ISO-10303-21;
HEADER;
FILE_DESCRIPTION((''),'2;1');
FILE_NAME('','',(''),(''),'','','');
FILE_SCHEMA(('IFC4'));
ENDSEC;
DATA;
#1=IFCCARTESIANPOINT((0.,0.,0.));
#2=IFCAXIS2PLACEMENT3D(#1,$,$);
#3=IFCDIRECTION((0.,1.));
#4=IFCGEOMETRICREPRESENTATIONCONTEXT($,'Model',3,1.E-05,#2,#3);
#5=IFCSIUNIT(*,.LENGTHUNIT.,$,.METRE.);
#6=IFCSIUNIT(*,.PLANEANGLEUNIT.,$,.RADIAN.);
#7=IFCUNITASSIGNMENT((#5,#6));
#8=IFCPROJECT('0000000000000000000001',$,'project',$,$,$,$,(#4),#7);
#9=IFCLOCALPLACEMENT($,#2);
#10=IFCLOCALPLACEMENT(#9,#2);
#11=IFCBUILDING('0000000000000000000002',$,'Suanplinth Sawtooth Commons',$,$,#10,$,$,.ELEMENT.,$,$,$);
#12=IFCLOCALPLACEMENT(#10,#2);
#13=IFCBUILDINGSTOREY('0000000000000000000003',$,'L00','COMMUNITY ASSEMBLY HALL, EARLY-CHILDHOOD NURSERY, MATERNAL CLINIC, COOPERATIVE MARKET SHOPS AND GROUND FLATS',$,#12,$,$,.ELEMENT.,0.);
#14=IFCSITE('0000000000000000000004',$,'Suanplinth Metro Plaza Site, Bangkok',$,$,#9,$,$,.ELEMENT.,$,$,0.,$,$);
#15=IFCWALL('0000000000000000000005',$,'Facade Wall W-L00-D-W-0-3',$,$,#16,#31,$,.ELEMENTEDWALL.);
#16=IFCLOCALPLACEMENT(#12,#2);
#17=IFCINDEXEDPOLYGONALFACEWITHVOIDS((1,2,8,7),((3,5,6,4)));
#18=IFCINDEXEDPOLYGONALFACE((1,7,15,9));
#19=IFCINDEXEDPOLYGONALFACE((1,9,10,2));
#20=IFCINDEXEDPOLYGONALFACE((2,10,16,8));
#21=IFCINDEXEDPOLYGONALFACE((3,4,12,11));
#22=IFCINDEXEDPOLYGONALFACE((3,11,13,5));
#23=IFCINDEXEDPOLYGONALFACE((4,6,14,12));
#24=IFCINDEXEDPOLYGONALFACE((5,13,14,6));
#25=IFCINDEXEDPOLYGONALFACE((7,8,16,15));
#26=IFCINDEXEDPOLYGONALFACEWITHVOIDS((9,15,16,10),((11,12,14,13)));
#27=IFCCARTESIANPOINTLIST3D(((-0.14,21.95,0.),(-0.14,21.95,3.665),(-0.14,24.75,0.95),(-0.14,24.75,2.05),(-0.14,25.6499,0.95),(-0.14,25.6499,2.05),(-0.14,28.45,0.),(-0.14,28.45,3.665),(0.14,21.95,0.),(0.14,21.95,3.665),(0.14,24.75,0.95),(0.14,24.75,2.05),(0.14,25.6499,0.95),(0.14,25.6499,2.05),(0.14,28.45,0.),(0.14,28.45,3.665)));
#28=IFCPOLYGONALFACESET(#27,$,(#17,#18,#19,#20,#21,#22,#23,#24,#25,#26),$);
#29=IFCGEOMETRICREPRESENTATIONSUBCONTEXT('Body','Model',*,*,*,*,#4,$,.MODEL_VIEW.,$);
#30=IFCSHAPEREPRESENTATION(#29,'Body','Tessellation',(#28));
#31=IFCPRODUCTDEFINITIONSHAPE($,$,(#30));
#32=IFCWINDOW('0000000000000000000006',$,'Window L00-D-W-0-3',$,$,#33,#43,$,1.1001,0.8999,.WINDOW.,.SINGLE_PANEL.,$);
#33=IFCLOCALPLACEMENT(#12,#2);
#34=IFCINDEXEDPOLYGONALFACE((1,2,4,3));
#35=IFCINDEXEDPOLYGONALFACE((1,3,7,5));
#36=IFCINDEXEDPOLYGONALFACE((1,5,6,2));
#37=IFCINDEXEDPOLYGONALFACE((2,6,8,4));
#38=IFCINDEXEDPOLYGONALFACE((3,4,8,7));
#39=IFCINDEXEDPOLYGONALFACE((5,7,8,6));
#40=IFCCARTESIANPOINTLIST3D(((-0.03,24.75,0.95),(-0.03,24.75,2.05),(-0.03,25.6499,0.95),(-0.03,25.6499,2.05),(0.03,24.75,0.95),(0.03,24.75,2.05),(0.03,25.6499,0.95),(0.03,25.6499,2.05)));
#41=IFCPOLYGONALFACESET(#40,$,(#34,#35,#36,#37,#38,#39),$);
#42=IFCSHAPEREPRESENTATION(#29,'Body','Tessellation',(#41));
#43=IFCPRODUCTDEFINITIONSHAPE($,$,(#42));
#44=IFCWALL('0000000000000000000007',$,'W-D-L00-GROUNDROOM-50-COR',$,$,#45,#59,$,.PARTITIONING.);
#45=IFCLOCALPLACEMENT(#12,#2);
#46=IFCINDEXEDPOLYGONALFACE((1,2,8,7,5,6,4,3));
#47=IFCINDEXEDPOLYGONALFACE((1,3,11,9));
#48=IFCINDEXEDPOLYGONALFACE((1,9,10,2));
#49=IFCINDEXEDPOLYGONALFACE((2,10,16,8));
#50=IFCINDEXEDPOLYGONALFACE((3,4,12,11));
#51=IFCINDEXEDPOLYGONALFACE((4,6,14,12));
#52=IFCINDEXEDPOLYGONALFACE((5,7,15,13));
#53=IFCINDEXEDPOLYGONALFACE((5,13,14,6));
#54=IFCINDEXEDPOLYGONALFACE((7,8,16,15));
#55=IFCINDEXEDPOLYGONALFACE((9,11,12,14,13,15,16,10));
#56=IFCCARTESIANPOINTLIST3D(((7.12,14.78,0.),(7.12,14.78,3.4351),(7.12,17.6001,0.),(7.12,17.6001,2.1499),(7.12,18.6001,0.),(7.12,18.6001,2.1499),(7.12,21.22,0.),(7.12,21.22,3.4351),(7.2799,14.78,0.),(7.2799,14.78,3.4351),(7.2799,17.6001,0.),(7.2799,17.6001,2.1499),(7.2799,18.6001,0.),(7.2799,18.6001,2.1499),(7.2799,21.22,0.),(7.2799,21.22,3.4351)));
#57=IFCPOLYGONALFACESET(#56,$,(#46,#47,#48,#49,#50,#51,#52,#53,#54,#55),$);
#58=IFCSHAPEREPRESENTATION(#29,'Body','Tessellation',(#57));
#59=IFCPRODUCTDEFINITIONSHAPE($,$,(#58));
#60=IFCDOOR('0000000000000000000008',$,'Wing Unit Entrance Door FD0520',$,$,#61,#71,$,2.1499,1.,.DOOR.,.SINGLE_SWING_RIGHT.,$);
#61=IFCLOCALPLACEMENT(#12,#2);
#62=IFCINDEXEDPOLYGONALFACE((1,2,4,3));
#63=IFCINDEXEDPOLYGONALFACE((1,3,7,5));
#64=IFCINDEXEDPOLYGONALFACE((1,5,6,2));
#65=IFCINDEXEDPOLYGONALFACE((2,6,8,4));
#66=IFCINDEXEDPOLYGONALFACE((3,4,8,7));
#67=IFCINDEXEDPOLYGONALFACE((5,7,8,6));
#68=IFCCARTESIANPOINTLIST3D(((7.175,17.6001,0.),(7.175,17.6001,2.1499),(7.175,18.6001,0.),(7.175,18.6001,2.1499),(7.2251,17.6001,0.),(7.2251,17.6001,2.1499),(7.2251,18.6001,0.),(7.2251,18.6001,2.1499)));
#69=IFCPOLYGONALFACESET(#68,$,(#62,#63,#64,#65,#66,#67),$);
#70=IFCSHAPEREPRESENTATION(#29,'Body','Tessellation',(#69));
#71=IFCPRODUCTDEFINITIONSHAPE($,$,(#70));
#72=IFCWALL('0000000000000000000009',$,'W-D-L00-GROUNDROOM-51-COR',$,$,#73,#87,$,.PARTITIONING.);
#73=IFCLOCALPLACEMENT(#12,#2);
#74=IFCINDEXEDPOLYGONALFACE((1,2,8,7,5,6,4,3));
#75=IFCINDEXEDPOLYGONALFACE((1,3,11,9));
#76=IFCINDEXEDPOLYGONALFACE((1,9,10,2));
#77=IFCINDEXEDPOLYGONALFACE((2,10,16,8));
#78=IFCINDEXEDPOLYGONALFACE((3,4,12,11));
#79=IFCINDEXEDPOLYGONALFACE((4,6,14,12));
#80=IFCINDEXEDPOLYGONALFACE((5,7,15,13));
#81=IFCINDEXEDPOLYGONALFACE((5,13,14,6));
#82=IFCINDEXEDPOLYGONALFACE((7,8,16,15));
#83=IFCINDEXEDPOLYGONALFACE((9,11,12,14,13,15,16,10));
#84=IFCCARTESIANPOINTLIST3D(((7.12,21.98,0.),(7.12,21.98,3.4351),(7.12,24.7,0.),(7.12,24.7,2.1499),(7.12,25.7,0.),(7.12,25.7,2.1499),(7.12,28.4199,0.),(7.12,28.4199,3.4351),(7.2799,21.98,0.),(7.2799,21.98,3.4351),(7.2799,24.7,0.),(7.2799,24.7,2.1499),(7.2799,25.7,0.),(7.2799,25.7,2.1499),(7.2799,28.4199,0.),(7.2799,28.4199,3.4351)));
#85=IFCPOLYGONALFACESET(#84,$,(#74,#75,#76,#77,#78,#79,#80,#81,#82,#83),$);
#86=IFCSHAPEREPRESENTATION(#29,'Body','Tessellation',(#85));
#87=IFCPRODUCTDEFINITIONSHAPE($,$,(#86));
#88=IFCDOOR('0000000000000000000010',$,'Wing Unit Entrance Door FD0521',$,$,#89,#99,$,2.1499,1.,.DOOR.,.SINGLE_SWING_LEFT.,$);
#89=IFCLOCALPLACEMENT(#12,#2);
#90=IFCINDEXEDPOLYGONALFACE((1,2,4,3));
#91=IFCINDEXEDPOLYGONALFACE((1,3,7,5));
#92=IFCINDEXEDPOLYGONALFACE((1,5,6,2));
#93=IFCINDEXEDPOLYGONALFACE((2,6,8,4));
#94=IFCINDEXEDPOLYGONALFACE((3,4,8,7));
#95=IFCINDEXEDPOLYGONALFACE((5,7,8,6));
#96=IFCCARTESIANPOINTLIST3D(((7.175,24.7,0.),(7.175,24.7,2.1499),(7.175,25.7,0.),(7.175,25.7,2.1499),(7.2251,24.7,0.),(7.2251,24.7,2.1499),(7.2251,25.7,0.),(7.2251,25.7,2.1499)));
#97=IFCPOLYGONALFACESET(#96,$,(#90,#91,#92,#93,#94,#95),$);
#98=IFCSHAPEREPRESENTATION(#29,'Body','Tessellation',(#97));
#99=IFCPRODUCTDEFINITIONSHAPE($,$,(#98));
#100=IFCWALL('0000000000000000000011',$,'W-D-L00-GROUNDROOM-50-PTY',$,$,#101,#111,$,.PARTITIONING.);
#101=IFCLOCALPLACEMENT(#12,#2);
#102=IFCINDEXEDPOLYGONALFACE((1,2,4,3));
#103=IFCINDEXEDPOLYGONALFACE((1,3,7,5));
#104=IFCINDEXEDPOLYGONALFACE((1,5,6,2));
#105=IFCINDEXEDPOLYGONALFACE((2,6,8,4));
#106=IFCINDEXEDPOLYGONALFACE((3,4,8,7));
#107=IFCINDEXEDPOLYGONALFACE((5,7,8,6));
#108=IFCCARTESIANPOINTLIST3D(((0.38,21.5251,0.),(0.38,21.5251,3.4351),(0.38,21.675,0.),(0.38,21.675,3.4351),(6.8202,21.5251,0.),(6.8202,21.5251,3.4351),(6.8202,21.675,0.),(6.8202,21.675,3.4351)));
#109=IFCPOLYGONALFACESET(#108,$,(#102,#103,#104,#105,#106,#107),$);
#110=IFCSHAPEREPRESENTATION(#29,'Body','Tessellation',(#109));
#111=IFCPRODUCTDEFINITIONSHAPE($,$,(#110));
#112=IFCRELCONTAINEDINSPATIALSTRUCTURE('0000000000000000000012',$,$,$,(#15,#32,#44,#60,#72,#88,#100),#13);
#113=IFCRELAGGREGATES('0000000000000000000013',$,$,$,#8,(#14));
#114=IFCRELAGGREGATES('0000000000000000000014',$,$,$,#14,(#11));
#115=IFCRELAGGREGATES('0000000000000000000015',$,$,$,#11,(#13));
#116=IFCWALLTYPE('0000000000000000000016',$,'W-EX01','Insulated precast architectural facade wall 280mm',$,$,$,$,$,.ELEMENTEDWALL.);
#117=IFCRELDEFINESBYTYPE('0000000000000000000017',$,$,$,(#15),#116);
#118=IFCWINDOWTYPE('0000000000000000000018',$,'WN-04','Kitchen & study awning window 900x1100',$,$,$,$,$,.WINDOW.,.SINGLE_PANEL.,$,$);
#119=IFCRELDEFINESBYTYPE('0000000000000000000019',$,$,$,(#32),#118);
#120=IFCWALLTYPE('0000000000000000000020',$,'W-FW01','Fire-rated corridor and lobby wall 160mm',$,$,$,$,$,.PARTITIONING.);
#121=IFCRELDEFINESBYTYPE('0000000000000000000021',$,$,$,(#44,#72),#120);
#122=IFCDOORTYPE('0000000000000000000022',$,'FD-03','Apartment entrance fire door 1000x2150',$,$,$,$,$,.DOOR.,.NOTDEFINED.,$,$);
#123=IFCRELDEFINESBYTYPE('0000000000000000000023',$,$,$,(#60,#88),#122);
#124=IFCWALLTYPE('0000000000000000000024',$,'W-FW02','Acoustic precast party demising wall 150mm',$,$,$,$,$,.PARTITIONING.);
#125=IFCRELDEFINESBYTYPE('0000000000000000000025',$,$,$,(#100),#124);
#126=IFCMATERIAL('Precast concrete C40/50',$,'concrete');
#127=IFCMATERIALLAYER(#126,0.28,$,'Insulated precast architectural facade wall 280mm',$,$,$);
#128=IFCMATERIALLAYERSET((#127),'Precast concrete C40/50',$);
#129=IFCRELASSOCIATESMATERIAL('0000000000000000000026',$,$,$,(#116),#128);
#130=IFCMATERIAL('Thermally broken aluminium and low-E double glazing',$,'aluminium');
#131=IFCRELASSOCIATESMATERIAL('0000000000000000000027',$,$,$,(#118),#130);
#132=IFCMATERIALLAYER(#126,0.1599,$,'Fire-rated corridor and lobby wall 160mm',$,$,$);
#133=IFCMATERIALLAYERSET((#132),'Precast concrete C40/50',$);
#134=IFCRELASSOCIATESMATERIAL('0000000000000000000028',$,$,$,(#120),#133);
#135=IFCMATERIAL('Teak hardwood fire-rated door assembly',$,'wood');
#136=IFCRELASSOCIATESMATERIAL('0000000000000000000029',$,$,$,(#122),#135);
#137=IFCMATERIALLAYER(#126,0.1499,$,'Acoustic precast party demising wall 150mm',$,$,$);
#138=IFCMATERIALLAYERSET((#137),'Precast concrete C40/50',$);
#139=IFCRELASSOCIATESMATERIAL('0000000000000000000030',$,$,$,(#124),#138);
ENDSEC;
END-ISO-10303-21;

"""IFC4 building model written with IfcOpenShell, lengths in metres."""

from ifc_helpers import new_model, si_unit, direction, frame, frame_2d, origin, place, context, subcontext, project, spatial, rectangle, extrude, material, layer, layer_set, type_object, element, fill, save


model = new_model("IFC4")

# Units and contexts
model_context = context("Model", 3, precision=1e-05, world=origin(), true_north=direction((0.0, 1.0)))
body_context = subcontext(model_context, "Body", "Model", "MODEL_VIEW")
ifc_project = project(units=[si_unit("LENGTHUNIT", "METRE"), si_unit("PLANEANGLEUNIT", "RADIAN")], contexts=[model_context])

# Site, building, storey
site_placement = place(None, origin())
site = spatial("IfcSite", under=ifc_project, at=site_placement, Name="Suanplinth Metro Plaza Site, Bangkok", CompositionType="ELEMENT", RefElevation=0.0)
building_placement = place(site_placement, origin())
building = spatial("IfcBuilding", under=site, at=building_placement, Name="Suanplinth Sawtooth Commons", CompositionType="ELEMENT")
storey_placement = place(building_placement, origin())
storey = spatial("IfcBuildingStorey", under=building, at=storey_placement, Name="L00", Description="COMMUNITY ASSEMBLY HALL, EARLY-CHILDHOOD NURSERY, MATERNAL CLINIC, COOPERATIVE MARKET SHOPS AND GROUND FLATS", CompositionType="ELEMENT", Elevation=0.0)

# Shared definitions
ifc_material_1 = material(Name="Precast concrete C40/50", Category="concrete")

# Wall, opening, window
ifc_layer_1 = layer(ifc_material_1, 0.28, Name="Insulated precast architectural facade wall 280mm")
ifc_layer_set_1 = layer_set([ifc_layer_1], Name="Precast concrete C40/50")
wall_type_1 = type_object("IfcWallType", Name="W-EX01", Description="Insulated precast architectural facade wall 280mm", PredefinedType="ELEMENTEDWALL", material=ifc_layer_set_1)
ifc_material_2 = material(Name="Thermally broken aluminium and low-E double glazing", Category="aluminium")
wall_1_placement = place(storey_placement, frame((0.0, 21.95, 0.0), z_axis=(0.0, 0.0, 1.0), x_axis=(0.0, 1.0, 0.0)))
wall_1 = element("IfcWall", 1, at=wall_1_placement, inside=storey, type_object=wall_type_1, Name="Facade Wall W-L00-D-W-0-3", PredefinedType="ELEMENTEDWALL", context=body_context, shape_type="SweptSolid", body=[
    extrude(rectangle(XDim=6.5, YDim=0.28, at=frame_2d((3.25, 0.0))), origin(), (0.0, 0.0, 1.0), 3.665),
])
opening_1_placement = place(wall_1_placement, frame((2.8, 0.0, 0.95)))
opening_1 = element("IfcOpeningElement", 2, at=opening_1_placement, cuts=wall_1, PredefinedType="OPENING", context=body_context, shape_type="SweptSolid", body=[
    extrude(rectangle(XDim=0.8999, YDim=1.1001, at=frame_2d((0.45, 0.55))), frame((0.0, 0.1548, 0.0), z_axis=(0.0, -1.0, 0.0), x_axis=(1.0, 0.0, 0.0)), (0.0, 0.0, 1.0), 0.3098),
])
window_type_1 = type_object("IfcWindowType", Name="WN-04", Description="Kitchen & study awning window 900x1100", PartitioningType="SINGLE_PANEL", PredefinedType="WINDOW", material=ifc_material_2)
window_1_placement = place(opening_1_placement, origin())
window_1 = element("IfcWindow", 3, at=window_1_placement, inside=storey, type_object=window_type_1, Name="Window L00-D-W-0-3", OverallHeight=1.1001, OverallWidth=0.8999, PartitioningType="SINGLE_PANEL", PredefinedType="WINDOW", context=body_context, shape_type="SweptSolid", body=[
    extrude(rectangle(XDim=0.8999, YDim=1.1001, at=frame_2d((0.45, 0.55))), frame((0.0, 0.03, 0.0), z_axis=(0.0, -1.0, 0.0), x_axis=(1.0, 0.0, 0.0)), (0.0, 0.0, 1.0), 0.0601),
])
fill(opening_1, window_1)

# Walls, openings, doors
ifc_layer_2 = layer(ifc_material_1, 0.1599, Name="Fire-rated corridor and lobby wall 160mm")
ifc_layer_set_2 = layer_set([ifc_layer_2], Name="Precast concrete C40/50")
wall_type_2 = type_object("IfcWallType", Name="W-FW01", Description="Fire-rated corridor and lobby wall 160mm", PredefinedType="PARTITIONING", material=ifc_layer_set_2)
wall_2_placement = place(storey_placement, frame((7.2, 14.78, 0.0), z_axis=(0.0, 0.0, 1.0), x_axis=(0.0, 1.0, 0.0)))
wall_2 = element("IfcWall", 4, at=wall_2_placement, inside=storey, type_object=wall_type_2, Name="W-D-L00-GROUNDROOM-50-COR", PredefinedType="PARTITIONING", context=body_context, shape_type="SweptSolid", body=[
    extrude(rectangle(XDim=6.4399, YDim=0.1599, at=frame_2d((3.22, 0.0))), origin(), (0.0, 0.0, 1.0), 3.4351),
])
opening_2_placement = place(wall_2_placement, frame((2.8201, 0.0, 0.0)))
opening_2 = element("IfcOpeningElement", 5, at=opening_2_placement, cuts=wall_2, PredefinedType="OPENING", context=body_context, shape_type="SweptSolid", body=[
    extrude(rectangle(XDim=1.0, YDim=2.1499, at=frame_2d((0.5, 1.075))), frame((0.0, 0.0947, 0.0), z_axis=(0.0, -1.0, 0.0), x_axis=(1.0, 0.0, 0.0)), (0.0, 0.0, 1.0), 0.1897),
])
ifc_material_3 = material(Name="Teak hardwood fire-rated door assembly", Category="wood")
door_type = type_object("IfcDoorType", Name="FD-03", Description="Apartment entrance fire door 1000x2150", OperationType="NOTDEFINED", PredefinedType="DOOR", material=ifc_material_3)
door_1_placement = place(opening_2_placement, origin())
door_1 = element("IfcDoor", 6, at=door_1_placement, inside=storey, type_object=door_type, Name="Wing Unit Entrance Door FD0520", OperationType="SINGLE_SWING_RIGHT", OverallHeight=2.1499, OverallWidth=1.0, PredefinedType="DOOR", context=body_context, shape_type="SweptSolid", body=[
    extrude(rectangle(XDim=1.0, YDim=2.1499, at=frame_2d((0.5, 1.075))), frame((0.0, 0.0249, 0.0), z_axis=(0.0, -1.0, 0.0), x_axis=(1.0, 0.0, 0.0)), (0.0, 0.0, 1.0), 0.05),
])
fill(opening_2, door_1)
wall_3_placement = place(storey_placement, frame((7.2, 21.98, 0.0), z_axis=(0.0, 0.0, 1.0), x_axis=(0.0, 1.0, 0.0)))
wall_3 = element("IfcWall", 7, at=wall_3_placement, inside=storey, type_object=wall_type_2, Name="W-D-L00-GROUNDROOM-51-COR", PredefinedType="PARTITIONING", context=body_context, shape_type="SweptSolid", body=[
    extrude(rectangle(XDim=6.4399, YDim=0.1599, at=frame_2d((3.22, 0.0))), origin(), (0.0, 0.0, 1.0), 3.4351),
])
opening_3_placement = place(wall_3_placement, frame((2.72, 0.0, 0.0)))
opening_3 = element("IfcOpeningElement", 8, at=opening_3_placement, cuts=wall_3, PredefinedType="OPENING", context=body_context, shape_type="SweptSolid", body=[
    extrude(rectangle(XDim=1.0, YDim=2.1499, at=frame_2d((0.5, 1.075))), frame((0.0, 0.0947, 0.0), z_axis=(0.0, -1.0, 0.0), x_axis=(1.0, 0.0, 0.0)), (0.0, 0.0, 1.0), 0.1897),
])
door_2_placement = place(opening_3_placement, origin())
door_2 = element("IfcDoor", 9, at=door_2_placement, inside=storey, type_object=door_type, Name="Wing Unit Entrance Door FD0521", OperationType="SINGLE_SWING_LEFT", OverallHeight=2.1499, OverallWidth=1.0, PredefinedType="DOOR", context=body_context, shape_type="SweptSolid", body=[
    extrude(rectangle(XDim=1.0, YDim=2.1499, at=frame_2d((0.5, 1.075))), frame((0.0, 0.0249, 0.0), z_axis=(0.0, -1.0, 0.0), x_axis=(1.0, 0.0, 0.0)), (0.0, 0.0, 1.0), 0.05),
])
fill(opening_3, door_2)

# Wall
ifc_layer_3 = layer(ifc_material_1, 0.1499, Name="Acoustic precast party demising wall 150mm")
ifc_layer_set_3 = layer_set([ifc_layer_3], Name="Precast concrete C40/50")
wall_type_3 = type_object("IfcWallType", Name="W-FW02", Description="Acoustic precast party demising wall 150mm", PredefinedType="PARTITIONING", material=ifc_layer_set_3)
wall_4_placement = place(storey_placement, frame((0.3799, 21.6001, 0.0), z_axis=(0.0, 0.0, 1.0), x_axis=(1.0, 0.0, 0.0)))
element("IfcWall", 10, at=wall_4_placement, inside=storey, type_object=wall_type_3, Name="W-D-L00-GROUNDROOM-50-PTY", PredefinedType="PARTITIONING", context=body_context, shape_type="SweptSolid", body=[
    extrude(rectangle(XDim=6.4402, YDim=0.1499, at=frame_2d((3.2202, 0.0))), origin(), (0.0, 0.0, 1.0), 3.4351),
])

save(model, "model.ifc")
